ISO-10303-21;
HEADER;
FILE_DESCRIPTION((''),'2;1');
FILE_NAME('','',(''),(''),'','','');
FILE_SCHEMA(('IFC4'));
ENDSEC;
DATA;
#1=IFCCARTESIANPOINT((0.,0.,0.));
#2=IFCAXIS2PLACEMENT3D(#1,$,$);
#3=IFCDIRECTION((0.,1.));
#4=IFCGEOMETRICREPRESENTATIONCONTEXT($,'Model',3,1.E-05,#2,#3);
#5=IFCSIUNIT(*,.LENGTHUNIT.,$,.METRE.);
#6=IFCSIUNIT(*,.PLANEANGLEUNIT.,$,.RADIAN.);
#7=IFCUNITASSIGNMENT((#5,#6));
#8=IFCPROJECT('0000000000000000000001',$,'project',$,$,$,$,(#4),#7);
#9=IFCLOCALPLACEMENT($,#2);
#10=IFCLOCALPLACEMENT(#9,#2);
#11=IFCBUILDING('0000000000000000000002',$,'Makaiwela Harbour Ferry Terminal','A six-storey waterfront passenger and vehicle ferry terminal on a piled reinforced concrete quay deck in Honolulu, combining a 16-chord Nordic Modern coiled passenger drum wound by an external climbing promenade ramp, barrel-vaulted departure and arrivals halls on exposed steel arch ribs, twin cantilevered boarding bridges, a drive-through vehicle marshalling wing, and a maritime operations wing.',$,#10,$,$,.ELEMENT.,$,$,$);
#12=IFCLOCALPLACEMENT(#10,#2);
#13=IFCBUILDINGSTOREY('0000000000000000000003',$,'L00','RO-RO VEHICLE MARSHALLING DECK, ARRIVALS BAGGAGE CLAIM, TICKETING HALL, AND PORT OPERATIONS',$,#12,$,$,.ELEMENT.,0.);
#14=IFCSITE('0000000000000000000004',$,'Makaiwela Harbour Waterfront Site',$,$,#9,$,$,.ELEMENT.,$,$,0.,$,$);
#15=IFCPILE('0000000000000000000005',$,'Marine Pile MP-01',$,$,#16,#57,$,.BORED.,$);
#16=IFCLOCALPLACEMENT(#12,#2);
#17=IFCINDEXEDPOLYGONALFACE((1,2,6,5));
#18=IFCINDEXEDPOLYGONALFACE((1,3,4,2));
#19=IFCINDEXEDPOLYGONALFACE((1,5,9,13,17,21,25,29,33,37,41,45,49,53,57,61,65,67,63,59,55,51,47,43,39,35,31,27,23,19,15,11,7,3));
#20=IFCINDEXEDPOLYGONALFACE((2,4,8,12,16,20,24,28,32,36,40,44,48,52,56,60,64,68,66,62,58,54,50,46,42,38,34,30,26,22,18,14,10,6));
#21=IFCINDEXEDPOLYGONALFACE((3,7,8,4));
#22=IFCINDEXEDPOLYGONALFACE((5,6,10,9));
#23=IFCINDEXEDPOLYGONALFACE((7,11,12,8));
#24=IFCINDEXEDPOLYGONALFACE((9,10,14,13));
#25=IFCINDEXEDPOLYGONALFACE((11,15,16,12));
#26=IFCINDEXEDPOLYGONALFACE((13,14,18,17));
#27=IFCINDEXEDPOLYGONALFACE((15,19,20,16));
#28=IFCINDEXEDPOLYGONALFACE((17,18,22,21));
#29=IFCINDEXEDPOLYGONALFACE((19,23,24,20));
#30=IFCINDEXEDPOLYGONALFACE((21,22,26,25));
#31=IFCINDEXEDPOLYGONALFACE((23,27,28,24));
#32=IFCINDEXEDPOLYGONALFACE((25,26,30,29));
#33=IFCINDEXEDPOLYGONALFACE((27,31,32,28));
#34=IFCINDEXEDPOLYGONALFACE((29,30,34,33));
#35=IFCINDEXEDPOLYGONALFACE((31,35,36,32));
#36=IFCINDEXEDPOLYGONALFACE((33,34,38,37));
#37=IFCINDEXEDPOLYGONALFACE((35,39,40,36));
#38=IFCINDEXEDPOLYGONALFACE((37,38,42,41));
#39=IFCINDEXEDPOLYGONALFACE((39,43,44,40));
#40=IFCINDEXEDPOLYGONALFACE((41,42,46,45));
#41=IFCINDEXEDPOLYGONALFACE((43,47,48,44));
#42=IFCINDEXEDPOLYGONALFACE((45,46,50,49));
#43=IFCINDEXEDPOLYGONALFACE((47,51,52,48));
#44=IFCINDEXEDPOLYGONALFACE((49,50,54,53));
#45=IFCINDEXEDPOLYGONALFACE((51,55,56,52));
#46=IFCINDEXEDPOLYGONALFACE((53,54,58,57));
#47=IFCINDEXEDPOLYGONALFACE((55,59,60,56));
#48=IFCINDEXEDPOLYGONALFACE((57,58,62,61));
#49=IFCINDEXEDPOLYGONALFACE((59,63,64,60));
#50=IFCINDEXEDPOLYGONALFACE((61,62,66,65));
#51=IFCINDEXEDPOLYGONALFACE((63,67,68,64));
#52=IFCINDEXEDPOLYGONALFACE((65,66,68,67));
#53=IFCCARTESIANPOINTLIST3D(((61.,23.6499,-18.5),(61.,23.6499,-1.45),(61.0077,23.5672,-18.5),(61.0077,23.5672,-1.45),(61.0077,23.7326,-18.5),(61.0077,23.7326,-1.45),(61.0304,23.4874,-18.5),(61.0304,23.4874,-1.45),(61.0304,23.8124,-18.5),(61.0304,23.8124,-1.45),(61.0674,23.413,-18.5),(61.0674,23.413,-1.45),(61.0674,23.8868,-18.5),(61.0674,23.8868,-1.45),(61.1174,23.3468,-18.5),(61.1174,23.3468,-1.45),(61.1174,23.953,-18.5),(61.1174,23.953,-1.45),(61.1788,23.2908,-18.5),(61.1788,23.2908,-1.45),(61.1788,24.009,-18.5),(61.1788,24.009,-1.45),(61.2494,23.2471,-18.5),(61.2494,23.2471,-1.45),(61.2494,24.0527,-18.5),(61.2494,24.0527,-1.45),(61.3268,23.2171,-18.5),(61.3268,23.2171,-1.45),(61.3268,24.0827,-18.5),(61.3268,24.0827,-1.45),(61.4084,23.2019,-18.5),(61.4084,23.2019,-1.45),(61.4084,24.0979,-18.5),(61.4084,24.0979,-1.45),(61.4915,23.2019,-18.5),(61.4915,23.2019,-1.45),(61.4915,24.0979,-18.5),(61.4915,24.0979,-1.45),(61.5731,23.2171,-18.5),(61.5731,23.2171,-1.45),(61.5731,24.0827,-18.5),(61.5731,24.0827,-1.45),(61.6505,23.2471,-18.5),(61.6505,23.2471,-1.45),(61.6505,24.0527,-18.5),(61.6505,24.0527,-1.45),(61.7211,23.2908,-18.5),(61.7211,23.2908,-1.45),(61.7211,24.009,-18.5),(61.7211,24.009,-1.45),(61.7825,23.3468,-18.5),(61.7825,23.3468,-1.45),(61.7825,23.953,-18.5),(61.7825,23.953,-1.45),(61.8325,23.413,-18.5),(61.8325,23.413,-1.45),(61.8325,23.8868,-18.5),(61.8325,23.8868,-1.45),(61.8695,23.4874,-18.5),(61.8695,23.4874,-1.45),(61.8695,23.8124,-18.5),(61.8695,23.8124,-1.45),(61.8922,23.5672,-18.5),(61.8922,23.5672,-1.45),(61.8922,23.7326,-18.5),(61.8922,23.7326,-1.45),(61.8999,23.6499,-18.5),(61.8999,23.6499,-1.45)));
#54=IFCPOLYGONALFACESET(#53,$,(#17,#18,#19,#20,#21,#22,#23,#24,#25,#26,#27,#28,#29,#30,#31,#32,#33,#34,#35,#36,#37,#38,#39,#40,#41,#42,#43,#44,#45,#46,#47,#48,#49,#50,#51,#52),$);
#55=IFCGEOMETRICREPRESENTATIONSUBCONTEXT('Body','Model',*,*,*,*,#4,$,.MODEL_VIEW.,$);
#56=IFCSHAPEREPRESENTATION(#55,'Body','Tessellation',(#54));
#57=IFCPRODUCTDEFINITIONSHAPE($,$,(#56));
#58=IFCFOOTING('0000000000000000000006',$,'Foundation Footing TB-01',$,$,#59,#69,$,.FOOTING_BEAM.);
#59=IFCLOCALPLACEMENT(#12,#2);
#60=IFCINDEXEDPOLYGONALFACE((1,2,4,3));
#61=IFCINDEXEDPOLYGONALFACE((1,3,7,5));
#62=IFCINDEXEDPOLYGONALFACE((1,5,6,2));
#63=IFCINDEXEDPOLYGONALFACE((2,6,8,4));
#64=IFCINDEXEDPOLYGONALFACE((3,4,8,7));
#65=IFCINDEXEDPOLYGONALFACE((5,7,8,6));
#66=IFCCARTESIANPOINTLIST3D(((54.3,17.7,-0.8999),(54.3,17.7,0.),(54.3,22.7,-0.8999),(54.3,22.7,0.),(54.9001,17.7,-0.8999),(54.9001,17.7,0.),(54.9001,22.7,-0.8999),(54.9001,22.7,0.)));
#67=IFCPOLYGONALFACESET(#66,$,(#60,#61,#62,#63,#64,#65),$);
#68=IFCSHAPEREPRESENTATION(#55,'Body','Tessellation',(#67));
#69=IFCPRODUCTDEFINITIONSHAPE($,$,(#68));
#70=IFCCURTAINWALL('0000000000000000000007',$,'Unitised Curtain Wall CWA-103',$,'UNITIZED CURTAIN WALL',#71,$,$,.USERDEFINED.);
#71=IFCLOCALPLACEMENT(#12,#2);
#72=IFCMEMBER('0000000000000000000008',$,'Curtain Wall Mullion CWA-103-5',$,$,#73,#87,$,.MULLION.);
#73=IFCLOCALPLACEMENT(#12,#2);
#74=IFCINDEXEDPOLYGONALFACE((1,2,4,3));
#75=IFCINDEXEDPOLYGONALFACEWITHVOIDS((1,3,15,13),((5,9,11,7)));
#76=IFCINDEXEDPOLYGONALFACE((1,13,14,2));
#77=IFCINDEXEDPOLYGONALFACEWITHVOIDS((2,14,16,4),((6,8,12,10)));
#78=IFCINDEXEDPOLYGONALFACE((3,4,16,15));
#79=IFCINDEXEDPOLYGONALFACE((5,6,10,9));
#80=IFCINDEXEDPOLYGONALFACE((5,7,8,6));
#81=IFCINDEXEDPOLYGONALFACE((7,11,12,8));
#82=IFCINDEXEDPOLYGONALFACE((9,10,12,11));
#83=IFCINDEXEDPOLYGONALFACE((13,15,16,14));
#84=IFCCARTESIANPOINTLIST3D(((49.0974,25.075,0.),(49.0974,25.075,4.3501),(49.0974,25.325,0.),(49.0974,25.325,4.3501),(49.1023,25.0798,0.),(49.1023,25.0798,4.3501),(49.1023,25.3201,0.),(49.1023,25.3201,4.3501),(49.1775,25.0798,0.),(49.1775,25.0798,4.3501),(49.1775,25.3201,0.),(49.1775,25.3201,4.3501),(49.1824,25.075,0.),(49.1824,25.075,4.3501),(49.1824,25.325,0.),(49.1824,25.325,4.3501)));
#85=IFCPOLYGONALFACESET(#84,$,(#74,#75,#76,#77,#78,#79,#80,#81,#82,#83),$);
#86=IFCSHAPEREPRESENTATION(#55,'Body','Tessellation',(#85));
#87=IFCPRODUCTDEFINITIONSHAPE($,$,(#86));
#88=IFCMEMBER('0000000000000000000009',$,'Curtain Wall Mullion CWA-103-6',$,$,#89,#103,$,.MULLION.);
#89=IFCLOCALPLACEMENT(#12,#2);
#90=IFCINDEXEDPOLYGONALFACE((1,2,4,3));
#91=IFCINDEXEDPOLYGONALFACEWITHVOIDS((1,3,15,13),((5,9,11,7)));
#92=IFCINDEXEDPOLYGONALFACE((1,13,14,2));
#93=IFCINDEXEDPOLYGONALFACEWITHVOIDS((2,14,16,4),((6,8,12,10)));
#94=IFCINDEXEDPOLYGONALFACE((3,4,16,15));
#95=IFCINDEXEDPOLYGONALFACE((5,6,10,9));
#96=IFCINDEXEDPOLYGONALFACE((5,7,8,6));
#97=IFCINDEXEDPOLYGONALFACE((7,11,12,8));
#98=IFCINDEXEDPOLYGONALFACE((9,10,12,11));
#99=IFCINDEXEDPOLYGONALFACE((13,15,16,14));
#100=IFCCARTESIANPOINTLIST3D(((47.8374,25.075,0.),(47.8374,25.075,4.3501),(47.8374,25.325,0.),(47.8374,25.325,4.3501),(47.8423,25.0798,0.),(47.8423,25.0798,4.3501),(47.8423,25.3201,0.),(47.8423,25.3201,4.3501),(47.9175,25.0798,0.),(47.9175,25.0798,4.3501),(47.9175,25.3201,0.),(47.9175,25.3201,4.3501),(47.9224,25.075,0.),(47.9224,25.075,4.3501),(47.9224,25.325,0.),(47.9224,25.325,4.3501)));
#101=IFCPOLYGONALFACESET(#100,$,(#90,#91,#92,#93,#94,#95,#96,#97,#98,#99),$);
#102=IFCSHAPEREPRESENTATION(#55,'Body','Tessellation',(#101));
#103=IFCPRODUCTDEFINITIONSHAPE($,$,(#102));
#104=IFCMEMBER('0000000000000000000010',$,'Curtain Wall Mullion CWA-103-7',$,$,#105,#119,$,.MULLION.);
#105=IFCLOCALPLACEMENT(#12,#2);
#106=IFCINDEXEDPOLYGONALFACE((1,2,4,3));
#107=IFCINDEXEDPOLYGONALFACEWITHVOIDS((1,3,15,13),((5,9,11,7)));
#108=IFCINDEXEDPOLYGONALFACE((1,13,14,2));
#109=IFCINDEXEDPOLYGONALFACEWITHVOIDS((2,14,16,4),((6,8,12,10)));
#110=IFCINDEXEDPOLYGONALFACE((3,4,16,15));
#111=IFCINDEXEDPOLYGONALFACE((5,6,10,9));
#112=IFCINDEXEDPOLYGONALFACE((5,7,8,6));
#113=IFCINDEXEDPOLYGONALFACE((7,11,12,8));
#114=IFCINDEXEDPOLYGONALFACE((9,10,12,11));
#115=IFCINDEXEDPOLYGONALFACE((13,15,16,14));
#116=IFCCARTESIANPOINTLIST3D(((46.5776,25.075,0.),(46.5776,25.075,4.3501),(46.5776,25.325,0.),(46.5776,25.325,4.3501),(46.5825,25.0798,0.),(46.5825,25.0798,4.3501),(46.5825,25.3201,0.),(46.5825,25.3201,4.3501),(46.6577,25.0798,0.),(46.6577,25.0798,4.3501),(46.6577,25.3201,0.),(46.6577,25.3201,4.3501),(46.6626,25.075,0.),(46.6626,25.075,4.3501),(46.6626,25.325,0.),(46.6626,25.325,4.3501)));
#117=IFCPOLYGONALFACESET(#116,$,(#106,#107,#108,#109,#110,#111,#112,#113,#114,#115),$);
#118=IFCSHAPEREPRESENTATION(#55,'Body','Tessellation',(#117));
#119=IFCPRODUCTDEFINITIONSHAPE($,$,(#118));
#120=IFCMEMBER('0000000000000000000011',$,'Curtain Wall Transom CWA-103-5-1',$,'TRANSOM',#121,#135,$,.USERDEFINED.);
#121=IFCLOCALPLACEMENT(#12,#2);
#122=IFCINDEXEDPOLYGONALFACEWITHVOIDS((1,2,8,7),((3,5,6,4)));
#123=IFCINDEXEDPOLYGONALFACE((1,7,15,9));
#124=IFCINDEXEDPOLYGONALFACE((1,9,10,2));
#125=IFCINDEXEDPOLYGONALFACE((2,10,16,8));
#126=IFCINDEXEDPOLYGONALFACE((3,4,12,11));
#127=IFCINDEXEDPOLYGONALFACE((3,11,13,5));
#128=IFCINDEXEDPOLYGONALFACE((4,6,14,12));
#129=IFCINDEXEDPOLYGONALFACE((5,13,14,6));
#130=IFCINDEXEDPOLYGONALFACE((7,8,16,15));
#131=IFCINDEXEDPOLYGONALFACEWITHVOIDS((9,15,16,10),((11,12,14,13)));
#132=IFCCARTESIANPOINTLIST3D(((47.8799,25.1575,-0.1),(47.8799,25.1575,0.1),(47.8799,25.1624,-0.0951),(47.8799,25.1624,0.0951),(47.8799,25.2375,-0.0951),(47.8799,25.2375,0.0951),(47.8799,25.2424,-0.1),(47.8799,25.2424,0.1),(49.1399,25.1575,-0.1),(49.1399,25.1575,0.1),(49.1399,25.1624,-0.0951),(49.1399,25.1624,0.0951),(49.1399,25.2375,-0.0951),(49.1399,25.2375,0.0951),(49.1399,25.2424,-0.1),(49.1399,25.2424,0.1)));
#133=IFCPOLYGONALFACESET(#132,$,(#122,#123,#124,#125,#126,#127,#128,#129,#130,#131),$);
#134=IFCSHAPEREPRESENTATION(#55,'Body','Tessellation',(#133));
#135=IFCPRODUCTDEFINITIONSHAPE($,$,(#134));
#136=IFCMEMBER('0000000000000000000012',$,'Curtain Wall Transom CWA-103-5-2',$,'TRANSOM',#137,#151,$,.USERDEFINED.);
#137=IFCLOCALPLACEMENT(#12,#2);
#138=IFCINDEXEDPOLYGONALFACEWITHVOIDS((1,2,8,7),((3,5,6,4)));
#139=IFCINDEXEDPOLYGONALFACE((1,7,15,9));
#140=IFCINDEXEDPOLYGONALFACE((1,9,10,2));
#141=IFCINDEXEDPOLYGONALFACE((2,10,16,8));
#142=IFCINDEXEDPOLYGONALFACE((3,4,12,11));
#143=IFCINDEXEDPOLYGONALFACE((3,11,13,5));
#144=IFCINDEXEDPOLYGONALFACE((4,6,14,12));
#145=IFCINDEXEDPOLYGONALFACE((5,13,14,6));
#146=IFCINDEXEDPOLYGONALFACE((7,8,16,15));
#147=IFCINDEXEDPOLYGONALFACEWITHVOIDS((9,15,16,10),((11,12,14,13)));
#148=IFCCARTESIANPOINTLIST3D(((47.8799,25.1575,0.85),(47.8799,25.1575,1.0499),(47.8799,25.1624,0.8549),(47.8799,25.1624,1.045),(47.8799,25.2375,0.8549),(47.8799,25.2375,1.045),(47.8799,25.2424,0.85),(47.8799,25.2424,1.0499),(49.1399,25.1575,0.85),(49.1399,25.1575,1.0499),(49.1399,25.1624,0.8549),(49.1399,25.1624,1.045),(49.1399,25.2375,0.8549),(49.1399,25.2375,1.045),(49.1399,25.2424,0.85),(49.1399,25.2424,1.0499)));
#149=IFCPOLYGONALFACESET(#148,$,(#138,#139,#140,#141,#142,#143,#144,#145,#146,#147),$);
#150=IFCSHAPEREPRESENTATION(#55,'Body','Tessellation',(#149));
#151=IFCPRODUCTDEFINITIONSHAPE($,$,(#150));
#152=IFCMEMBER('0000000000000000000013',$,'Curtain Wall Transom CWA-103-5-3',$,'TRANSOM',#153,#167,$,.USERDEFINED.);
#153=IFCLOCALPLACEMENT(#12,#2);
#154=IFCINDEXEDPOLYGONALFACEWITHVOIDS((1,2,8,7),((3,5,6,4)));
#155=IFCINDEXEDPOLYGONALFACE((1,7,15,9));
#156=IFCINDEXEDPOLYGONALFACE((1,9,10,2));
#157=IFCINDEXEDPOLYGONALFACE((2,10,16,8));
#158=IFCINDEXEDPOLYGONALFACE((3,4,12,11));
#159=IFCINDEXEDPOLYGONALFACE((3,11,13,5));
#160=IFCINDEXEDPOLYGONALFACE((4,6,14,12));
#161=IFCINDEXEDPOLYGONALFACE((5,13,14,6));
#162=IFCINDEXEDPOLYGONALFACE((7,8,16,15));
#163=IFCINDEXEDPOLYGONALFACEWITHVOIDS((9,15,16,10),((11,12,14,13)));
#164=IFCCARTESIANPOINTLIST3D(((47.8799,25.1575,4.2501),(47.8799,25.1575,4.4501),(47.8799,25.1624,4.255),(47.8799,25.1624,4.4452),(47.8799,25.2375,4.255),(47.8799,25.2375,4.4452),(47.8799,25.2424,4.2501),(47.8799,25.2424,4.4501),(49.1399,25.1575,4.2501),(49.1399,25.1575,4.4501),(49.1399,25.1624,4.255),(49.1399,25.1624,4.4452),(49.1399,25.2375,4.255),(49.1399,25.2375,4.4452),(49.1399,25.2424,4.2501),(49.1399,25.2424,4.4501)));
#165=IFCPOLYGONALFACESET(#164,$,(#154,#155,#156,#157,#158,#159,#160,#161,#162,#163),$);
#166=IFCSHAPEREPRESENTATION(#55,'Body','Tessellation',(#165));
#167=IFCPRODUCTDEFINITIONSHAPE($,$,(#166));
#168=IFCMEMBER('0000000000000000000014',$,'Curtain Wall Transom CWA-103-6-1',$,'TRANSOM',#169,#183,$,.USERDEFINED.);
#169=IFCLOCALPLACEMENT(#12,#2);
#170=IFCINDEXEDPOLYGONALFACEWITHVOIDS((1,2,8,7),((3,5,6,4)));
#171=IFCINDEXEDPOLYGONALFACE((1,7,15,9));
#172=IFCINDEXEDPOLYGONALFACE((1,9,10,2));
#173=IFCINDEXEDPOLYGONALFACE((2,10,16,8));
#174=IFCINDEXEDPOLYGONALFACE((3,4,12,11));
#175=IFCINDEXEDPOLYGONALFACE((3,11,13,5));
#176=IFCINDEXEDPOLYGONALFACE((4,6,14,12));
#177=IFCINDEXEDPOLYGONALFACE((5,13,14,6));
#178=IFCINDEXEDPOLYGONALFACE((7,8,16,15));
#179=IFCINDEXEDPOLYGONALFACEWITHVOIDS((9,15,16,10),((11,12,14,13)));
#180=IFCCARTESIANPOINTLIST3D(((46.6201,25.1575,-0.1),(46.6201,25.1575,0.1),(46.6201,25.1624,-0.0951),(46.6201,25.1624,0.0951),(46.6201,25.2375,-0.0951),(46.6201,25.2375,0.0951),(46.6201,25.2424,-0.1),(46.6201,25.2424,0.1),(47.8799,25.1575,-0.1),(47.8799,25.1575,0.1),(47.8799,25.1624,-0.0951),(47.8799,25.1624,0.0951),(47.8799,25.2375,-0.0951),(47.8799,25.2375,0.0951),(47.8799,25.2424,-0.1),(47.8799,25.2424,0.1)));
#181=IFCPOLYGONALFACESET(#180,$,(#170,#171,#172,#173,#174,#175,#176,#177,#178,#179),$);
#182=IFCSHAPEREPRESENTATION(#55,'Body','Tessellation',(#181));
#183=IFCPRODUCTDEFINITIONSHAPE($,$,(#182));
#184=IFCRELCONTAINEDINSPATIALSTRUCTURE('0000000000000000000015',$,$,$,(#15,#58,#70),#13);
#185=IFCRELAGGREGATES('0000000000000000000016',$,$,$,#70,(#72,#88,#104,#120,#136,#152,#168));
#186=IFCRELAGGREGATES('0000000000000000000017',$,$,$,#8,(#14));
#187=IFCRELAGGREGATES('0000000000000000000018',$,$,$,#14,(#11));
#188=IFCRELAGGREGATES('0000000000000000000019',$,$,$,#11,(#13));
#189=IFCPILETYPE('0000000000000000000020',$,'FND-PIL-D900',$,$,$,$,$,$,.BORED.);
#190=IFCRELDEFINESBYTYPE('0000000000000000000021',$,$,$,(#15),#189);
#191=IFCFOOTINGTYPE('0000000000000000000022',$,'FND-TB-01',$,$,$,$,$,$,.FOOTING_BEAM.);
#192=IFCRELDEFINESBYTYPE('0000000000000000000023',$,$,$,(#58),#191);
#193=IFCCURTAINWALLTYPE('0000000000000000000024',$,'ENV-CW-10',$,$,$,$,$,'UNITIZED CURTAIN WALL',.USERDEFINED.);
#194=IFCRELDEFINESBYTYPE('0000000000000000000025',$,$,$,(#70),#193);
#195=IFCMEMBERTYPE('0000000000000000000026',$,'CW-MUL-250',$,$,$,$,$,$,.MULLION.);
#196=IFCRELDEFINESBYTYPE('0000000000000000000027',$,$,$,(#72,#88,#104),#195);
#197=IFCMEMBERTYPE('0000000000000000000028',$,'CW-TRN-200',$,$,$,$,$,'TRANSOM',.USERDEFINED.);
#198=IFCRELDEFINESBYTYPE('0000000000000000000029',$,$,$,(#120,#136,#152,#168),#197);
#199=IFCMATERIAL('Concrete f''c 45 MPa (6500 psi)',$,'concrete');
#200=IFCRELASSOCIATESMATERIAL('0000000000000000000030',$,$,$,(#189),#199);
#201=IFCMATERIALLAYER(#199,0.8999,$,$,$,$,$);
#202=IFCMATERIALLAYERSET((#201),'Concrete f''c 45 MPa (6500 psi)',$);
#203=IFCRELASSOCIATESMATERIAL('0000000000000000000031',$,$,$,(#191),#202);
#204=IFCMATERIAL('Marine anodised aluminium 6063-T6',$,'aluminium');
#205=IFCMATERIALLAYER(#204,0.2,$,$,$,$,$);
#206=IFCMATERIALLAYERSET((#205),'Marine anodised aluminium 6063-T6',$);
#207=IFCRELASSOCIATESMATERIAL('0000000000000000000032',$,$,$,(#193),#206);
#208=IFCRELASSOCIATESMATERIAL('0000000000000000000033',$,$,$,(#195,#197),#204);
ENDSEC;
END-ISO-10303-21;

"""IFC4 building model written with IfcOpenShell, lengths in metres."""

from ifc_helpers import new_model, si_unit, direction, frame, origin, origin_2d, place, context, subcontext, project, spatial, rectangle, hollow_rectangle, circle, extrude, material, layer, layer_set, material_profile, profile_set, type_object, element, aggregate, save


model = new_model("IFC4")

# Units and contexts
model_context = context("Model", 3, precision=1e-05, world=origin(), true_north=direction((0.0, 1.0)))
body_context = subcontext(model_context, "Body", "Model", "MODEL_VIEW")
ifc_project = project(units=[si_unit("LENGTHUNIT", "METRE"), si_unit("PLANEANGLEUNIT", "RADIAN")], contexts=[model_context])

# Site, building, storey
site_placement = place(None, origin())
site = spatial("IfcSite", under=ifc_project, at=site_placement, Name="Makaiwela Harbour Waterfront Site", CompositionType="ELEMENT", RefElevation=0.0)
building_placement = place(site_placement, origin())
building = spatial("IfcBuilding", under=site, at=building_placement, Name="Makaiwela Harbour Ferry Terminal", Description="A six-storey waterfront passenger and vehicle ferry terminal on a piled reinforced concrete quay deck in Honolulu, combining a 16-chord Nordic Modern coiled passenger drum wound by an external climbing promenade ramp, barrel-vaulted departure and arrivals halls on exposed steel arch ribs, twin cantilevered boarding bridges, a drive-through vehicle marshalling wing, and a maritime operations wing.", CompositionType="ELEMENT")
storey_placement = place(building_placement, origin())
storey = spatial("IfcBuildingStorey", under=building, at=storey_placement, Name="L00", Description="RO-RO VEHICLE MARSHALLING DECK, ARRIVALS BAGGAGE CLAIM, TICKETING HALL, AND PORT OPERATIONS", CompositionType="ELEMENT", Elevation=0.0)

# Pile
ifc_material_1 = material(Name="Concrete f'c 45 MPa (6500 psi)", Category="concrete")
ifc_material_profile_1 = material_profile(ifc_material_1, circle(Radius=0.45, at=origin_2d()), Name="PILE-D900")
ifc_profile_set_1 = profile_set([ifc_material_profile_1], Name="Concrete f'c 45 MPa (6500 psi)")
pile_type_1 = type_object("IfcPileType", Name="FND-PIL-D900", PredefinedType="BORED", material=ifc_profile_set_1)
for number, where, z_axis, x_axis, name in (
    (1, (61.45, 23.6499, -1.45), (0.0, 0.0, -1.0), (1.0, 0.0, 0.0), "Marine Pile MP-01"),
):
    element("IfcPile", number, at=place(storey_placement, frame(where, z_axis=z_axis, x_axis=x_axis)), inside=storey, type_object=pile_type_1, Name=name, PredefinedType="BORED", context=body_context, shape_type="SweptSolid", body=[
        extrude(circle(Radius=0.45, at=origin_2d()), origin(), (0.0, 0.0, 1.0), 17.05),
    ])

# Footing
ifc_layer_1 = layer(ifc_material_1, 0.8999)
ifc_layer_set_1 = layer_set([ifc_layer_1], Name="Concrete f'c 45 MPa (6500 psi)")
footing_type = type_object("IfcFootingType", Name="FND-TB-01", PredefinedType="FOOTING_BEAM", material=ifc_layer_set_1)
footing_placement = place(storey_placement, frame((54.6001, 20.2, -0.8999), z_axis=(0.0, 0.0, 1.0), x_axis=(0.0, 1.0, 0.0)))
element("IfcFooting", 2, at=footing_placement, inside=storey, type_object=footing_type, Name="Foundation Footing TB-01", PredefinedType="FOOTING_BEAM", context=body_context, shape_type="SweptSolid", body=[
    extrude(rectangle(XDim=5.0, YDim=0.6001, at=origin_2d()), origin(), (0.0, 0.0, 1.0), 0.8999),
])

# Curtain wall, members
ifc_material_2 = material(Name="Marine anodised aluminium 6063-T6", Category="aluminium")
ifc_layer_2 = layer(ifc_material_2, 0.2)
ifc_layer_set_2 = layer_set([ifc_layer_2], Name="Marine anodised aluminium 6063-T6")
curtain_wall_type = type_object("IfcCurtainWallType", Name="ENV-CW-10", ElementType="UNITIZED CURTAIN WALL", PredefinedType="USERDEFINED", material=ifc_layer_set_2)
curtain_wall_placement = place(storey_placement, origin())
curtain_wall = element("IfcCurtainWall", 3, at=curtain_wall_placement, inside=storey, type_object=curtain_wall_type, Name="Unitised Curtain Wall CWA-103", ObjectType="UNITIZED CURTAIN WALL", PredefinedType="USERDEFINED")
ifc_material_profile_2 = material_profile(ifc_material_2, hollow_rectangle(XDim=0.085, YDim=0.25, WallThickness=0.0049, at=origin_2d()), Name="CWM-250X85")
ifc_profile_set_2 = profile_set([ifc_material_profile_2], Name="Marine anodised aluminium 6063-T6")
member_type_1 = type_object("IfcMemberType", Name="CW-MUL-250", PredefinedType="MULLION", material=ifc_profile_set_2)
member_1_placement = place(storey_placement, frame((49.1399, 25.2, 0.0), z_axis=(0.0, 0.0, 1.0), x_axis=(1.0, 0.0, 0.0)))
member_1 = element("IfcMember", 4, at=member_1_placement, type_object=member_type_1, Name="Curtain Wall Mullion CWA-103-5", PredefinedType="MULLION", context=body_context, shape_type="SweptSolid", body=[
    extrude(hollow_rectangle(XDim=0.085, YDim=0.25, WallThickness=0.0049, at=origin_2d()), origin(), (0.0, 0.0, 1.0), 4.3501),
])
member_2_placement = place(storey_placement, frame((47.8799, 25.2, 0.0), z_axis=(0.0, 0.0, 1.0), x_axis=(1.0, 0.0, 0.0)))
member_2 = element("IfcMember", 5, at=member_2_placement, type_object=member_type_1, Name="Curtain Wall Mullion CWA-103-6", PredefinedType="MULLION", context=body_context, shape_type="SweptSolid", body=[
    extrude(hollow_rectangle(XDim=0.085, YDim=0.25, WallThickness=0.0049, at=origin_2d()), origin(), (0.0, 0.0, 1.0), 4.3501),
])
member_3_placement = place(storey_placement, frame((46.6201, 25.2, 0.0), z_axis=(0.0, 0.0, 1.0), x_axis=(1.0, 0.0, 0.0)))
member_3 = element("IfcMember", 6, at=member_3_placement, type_object=member_type_1, Name="Curtain Wall Mullion CWA-103-7", PredefinedType="MULLION", context=body_context, shape_type="SweptSolid", body=[
    extrude(hollow_rectangle(XDim=0.085, YDim=0.25, WallThickness=0.0049, at=origin_2d()), origin(), (0.0, 0.0, 1.0), 4.3501),
])
ifc_material_profile_3 = material_profile(ifc_material_2, hollow_rectangle(XDim=0.085, YDim=0.2, WallThickness=0.0049, at=origin_2d()), Name="CWT-200X85")
ifc_profile_set_3 = profile_set([ifc_material_profile_3], Name="Marine anodised aluminium 6063-T6")
member_type_2 = type_object("IfcMemberType", Name="CW-TRN-200", ElementType="TRANSOM", PredefinedType="USERDEFINED", material=ifc_profile_set_3)
member_4_placement = place(storey_placement, frame((49.1399, 25.2, 0.0), z_axis=(-1.0, 0.0, 0.0), x_axis=(0.0, -1.0, 0.0)))
member_4 = element("IfcMember", 7, at=member_4_placement, type_object=member_type_2, Name="Curtain Wall Transom CWA-103-5-1", ObjectType="TRANSOM", PredefinedType="USERDEFINED", context=body_context, shape_type="SweptSolid", body=[
    extrude(hollow_rectangle(XDim=0.085, YDim=0.2, WallThickness=0.0049, at=origin_2d()), origin(), (0.0, 0.0, 1.0), 1.26),
])
member_5_placement = place(storey_placement, frame((49.1399, 25.2, 0.95), z_axis=(-1.0, 0.0, 0.0), x_axis=(0.0, -1.0, 0.0)))
member_5 = element("IfcMember", 8, at=member_5_placement, type_object=member_type_2, Name="Curtain Wall Transom CWA-103-5-2", ObjectType="TRANSOM", PredefinedType="USERDEFINED", context=body_context, shape_type="SweptSolid", body=[
    extrude(hollow_rectangle(XDim=0.085, YDim=0.2, WallThickness=0.0049, at=origin_2d()), origin(), (0.0, 0.0, 1.0), 1.26),
])
member_6_placement = place(storey_placement, frame((49.1399, 25.2, 4.3501), z_axis=(-1.0, 0.0, 0.0), x_axis=(0.0, -1.0, 0.0)))
member_6 = element("IfcMember", 9, at=member_6_placement, type_object=member_type_2, Name="Curtain Wall Transom CWA-103-5-3", ObjectType="TRANSOM", PredefinedType="USERDEFINED", context=body_context, shape_type="SweptSolid", body=[
    extrude(hollow_rectangle(XDim=0.085, YDim=0.2, WallThickness=0.0049, at=origin_2d()), origin(), (0.0, 0.0, 1.0), 1.26),
])
member_7_placement = place(storey_placement, frame((47.8799, 25.2, 0.0), z_axis=(-1.0, 0.0, 0.0), x_axis=(0.0, -1.0, 0.0)))
member_7 = element("IfcMember", 10, at=member_7_placement, type_object=member_type_2, Name="Curtain Wall Transom CWA-103-6-1", ObjectType="TRANSOM", PredefinedType="USERDEFINED", context=body_context, shape_type="SweptSolid", body=[
    extrude(hollow_rectangle(XDim=0.085, YDim=0.2, WallThickness=0.0049, at=origin_2d()), origin(), (0.0, 0.0, 1.0), 1.2598),
])
aggregate(curtain_wall, [member_1, member_2, member_3, member_4, member_5, member_6, member_7])

save(model, "model.ifc")
